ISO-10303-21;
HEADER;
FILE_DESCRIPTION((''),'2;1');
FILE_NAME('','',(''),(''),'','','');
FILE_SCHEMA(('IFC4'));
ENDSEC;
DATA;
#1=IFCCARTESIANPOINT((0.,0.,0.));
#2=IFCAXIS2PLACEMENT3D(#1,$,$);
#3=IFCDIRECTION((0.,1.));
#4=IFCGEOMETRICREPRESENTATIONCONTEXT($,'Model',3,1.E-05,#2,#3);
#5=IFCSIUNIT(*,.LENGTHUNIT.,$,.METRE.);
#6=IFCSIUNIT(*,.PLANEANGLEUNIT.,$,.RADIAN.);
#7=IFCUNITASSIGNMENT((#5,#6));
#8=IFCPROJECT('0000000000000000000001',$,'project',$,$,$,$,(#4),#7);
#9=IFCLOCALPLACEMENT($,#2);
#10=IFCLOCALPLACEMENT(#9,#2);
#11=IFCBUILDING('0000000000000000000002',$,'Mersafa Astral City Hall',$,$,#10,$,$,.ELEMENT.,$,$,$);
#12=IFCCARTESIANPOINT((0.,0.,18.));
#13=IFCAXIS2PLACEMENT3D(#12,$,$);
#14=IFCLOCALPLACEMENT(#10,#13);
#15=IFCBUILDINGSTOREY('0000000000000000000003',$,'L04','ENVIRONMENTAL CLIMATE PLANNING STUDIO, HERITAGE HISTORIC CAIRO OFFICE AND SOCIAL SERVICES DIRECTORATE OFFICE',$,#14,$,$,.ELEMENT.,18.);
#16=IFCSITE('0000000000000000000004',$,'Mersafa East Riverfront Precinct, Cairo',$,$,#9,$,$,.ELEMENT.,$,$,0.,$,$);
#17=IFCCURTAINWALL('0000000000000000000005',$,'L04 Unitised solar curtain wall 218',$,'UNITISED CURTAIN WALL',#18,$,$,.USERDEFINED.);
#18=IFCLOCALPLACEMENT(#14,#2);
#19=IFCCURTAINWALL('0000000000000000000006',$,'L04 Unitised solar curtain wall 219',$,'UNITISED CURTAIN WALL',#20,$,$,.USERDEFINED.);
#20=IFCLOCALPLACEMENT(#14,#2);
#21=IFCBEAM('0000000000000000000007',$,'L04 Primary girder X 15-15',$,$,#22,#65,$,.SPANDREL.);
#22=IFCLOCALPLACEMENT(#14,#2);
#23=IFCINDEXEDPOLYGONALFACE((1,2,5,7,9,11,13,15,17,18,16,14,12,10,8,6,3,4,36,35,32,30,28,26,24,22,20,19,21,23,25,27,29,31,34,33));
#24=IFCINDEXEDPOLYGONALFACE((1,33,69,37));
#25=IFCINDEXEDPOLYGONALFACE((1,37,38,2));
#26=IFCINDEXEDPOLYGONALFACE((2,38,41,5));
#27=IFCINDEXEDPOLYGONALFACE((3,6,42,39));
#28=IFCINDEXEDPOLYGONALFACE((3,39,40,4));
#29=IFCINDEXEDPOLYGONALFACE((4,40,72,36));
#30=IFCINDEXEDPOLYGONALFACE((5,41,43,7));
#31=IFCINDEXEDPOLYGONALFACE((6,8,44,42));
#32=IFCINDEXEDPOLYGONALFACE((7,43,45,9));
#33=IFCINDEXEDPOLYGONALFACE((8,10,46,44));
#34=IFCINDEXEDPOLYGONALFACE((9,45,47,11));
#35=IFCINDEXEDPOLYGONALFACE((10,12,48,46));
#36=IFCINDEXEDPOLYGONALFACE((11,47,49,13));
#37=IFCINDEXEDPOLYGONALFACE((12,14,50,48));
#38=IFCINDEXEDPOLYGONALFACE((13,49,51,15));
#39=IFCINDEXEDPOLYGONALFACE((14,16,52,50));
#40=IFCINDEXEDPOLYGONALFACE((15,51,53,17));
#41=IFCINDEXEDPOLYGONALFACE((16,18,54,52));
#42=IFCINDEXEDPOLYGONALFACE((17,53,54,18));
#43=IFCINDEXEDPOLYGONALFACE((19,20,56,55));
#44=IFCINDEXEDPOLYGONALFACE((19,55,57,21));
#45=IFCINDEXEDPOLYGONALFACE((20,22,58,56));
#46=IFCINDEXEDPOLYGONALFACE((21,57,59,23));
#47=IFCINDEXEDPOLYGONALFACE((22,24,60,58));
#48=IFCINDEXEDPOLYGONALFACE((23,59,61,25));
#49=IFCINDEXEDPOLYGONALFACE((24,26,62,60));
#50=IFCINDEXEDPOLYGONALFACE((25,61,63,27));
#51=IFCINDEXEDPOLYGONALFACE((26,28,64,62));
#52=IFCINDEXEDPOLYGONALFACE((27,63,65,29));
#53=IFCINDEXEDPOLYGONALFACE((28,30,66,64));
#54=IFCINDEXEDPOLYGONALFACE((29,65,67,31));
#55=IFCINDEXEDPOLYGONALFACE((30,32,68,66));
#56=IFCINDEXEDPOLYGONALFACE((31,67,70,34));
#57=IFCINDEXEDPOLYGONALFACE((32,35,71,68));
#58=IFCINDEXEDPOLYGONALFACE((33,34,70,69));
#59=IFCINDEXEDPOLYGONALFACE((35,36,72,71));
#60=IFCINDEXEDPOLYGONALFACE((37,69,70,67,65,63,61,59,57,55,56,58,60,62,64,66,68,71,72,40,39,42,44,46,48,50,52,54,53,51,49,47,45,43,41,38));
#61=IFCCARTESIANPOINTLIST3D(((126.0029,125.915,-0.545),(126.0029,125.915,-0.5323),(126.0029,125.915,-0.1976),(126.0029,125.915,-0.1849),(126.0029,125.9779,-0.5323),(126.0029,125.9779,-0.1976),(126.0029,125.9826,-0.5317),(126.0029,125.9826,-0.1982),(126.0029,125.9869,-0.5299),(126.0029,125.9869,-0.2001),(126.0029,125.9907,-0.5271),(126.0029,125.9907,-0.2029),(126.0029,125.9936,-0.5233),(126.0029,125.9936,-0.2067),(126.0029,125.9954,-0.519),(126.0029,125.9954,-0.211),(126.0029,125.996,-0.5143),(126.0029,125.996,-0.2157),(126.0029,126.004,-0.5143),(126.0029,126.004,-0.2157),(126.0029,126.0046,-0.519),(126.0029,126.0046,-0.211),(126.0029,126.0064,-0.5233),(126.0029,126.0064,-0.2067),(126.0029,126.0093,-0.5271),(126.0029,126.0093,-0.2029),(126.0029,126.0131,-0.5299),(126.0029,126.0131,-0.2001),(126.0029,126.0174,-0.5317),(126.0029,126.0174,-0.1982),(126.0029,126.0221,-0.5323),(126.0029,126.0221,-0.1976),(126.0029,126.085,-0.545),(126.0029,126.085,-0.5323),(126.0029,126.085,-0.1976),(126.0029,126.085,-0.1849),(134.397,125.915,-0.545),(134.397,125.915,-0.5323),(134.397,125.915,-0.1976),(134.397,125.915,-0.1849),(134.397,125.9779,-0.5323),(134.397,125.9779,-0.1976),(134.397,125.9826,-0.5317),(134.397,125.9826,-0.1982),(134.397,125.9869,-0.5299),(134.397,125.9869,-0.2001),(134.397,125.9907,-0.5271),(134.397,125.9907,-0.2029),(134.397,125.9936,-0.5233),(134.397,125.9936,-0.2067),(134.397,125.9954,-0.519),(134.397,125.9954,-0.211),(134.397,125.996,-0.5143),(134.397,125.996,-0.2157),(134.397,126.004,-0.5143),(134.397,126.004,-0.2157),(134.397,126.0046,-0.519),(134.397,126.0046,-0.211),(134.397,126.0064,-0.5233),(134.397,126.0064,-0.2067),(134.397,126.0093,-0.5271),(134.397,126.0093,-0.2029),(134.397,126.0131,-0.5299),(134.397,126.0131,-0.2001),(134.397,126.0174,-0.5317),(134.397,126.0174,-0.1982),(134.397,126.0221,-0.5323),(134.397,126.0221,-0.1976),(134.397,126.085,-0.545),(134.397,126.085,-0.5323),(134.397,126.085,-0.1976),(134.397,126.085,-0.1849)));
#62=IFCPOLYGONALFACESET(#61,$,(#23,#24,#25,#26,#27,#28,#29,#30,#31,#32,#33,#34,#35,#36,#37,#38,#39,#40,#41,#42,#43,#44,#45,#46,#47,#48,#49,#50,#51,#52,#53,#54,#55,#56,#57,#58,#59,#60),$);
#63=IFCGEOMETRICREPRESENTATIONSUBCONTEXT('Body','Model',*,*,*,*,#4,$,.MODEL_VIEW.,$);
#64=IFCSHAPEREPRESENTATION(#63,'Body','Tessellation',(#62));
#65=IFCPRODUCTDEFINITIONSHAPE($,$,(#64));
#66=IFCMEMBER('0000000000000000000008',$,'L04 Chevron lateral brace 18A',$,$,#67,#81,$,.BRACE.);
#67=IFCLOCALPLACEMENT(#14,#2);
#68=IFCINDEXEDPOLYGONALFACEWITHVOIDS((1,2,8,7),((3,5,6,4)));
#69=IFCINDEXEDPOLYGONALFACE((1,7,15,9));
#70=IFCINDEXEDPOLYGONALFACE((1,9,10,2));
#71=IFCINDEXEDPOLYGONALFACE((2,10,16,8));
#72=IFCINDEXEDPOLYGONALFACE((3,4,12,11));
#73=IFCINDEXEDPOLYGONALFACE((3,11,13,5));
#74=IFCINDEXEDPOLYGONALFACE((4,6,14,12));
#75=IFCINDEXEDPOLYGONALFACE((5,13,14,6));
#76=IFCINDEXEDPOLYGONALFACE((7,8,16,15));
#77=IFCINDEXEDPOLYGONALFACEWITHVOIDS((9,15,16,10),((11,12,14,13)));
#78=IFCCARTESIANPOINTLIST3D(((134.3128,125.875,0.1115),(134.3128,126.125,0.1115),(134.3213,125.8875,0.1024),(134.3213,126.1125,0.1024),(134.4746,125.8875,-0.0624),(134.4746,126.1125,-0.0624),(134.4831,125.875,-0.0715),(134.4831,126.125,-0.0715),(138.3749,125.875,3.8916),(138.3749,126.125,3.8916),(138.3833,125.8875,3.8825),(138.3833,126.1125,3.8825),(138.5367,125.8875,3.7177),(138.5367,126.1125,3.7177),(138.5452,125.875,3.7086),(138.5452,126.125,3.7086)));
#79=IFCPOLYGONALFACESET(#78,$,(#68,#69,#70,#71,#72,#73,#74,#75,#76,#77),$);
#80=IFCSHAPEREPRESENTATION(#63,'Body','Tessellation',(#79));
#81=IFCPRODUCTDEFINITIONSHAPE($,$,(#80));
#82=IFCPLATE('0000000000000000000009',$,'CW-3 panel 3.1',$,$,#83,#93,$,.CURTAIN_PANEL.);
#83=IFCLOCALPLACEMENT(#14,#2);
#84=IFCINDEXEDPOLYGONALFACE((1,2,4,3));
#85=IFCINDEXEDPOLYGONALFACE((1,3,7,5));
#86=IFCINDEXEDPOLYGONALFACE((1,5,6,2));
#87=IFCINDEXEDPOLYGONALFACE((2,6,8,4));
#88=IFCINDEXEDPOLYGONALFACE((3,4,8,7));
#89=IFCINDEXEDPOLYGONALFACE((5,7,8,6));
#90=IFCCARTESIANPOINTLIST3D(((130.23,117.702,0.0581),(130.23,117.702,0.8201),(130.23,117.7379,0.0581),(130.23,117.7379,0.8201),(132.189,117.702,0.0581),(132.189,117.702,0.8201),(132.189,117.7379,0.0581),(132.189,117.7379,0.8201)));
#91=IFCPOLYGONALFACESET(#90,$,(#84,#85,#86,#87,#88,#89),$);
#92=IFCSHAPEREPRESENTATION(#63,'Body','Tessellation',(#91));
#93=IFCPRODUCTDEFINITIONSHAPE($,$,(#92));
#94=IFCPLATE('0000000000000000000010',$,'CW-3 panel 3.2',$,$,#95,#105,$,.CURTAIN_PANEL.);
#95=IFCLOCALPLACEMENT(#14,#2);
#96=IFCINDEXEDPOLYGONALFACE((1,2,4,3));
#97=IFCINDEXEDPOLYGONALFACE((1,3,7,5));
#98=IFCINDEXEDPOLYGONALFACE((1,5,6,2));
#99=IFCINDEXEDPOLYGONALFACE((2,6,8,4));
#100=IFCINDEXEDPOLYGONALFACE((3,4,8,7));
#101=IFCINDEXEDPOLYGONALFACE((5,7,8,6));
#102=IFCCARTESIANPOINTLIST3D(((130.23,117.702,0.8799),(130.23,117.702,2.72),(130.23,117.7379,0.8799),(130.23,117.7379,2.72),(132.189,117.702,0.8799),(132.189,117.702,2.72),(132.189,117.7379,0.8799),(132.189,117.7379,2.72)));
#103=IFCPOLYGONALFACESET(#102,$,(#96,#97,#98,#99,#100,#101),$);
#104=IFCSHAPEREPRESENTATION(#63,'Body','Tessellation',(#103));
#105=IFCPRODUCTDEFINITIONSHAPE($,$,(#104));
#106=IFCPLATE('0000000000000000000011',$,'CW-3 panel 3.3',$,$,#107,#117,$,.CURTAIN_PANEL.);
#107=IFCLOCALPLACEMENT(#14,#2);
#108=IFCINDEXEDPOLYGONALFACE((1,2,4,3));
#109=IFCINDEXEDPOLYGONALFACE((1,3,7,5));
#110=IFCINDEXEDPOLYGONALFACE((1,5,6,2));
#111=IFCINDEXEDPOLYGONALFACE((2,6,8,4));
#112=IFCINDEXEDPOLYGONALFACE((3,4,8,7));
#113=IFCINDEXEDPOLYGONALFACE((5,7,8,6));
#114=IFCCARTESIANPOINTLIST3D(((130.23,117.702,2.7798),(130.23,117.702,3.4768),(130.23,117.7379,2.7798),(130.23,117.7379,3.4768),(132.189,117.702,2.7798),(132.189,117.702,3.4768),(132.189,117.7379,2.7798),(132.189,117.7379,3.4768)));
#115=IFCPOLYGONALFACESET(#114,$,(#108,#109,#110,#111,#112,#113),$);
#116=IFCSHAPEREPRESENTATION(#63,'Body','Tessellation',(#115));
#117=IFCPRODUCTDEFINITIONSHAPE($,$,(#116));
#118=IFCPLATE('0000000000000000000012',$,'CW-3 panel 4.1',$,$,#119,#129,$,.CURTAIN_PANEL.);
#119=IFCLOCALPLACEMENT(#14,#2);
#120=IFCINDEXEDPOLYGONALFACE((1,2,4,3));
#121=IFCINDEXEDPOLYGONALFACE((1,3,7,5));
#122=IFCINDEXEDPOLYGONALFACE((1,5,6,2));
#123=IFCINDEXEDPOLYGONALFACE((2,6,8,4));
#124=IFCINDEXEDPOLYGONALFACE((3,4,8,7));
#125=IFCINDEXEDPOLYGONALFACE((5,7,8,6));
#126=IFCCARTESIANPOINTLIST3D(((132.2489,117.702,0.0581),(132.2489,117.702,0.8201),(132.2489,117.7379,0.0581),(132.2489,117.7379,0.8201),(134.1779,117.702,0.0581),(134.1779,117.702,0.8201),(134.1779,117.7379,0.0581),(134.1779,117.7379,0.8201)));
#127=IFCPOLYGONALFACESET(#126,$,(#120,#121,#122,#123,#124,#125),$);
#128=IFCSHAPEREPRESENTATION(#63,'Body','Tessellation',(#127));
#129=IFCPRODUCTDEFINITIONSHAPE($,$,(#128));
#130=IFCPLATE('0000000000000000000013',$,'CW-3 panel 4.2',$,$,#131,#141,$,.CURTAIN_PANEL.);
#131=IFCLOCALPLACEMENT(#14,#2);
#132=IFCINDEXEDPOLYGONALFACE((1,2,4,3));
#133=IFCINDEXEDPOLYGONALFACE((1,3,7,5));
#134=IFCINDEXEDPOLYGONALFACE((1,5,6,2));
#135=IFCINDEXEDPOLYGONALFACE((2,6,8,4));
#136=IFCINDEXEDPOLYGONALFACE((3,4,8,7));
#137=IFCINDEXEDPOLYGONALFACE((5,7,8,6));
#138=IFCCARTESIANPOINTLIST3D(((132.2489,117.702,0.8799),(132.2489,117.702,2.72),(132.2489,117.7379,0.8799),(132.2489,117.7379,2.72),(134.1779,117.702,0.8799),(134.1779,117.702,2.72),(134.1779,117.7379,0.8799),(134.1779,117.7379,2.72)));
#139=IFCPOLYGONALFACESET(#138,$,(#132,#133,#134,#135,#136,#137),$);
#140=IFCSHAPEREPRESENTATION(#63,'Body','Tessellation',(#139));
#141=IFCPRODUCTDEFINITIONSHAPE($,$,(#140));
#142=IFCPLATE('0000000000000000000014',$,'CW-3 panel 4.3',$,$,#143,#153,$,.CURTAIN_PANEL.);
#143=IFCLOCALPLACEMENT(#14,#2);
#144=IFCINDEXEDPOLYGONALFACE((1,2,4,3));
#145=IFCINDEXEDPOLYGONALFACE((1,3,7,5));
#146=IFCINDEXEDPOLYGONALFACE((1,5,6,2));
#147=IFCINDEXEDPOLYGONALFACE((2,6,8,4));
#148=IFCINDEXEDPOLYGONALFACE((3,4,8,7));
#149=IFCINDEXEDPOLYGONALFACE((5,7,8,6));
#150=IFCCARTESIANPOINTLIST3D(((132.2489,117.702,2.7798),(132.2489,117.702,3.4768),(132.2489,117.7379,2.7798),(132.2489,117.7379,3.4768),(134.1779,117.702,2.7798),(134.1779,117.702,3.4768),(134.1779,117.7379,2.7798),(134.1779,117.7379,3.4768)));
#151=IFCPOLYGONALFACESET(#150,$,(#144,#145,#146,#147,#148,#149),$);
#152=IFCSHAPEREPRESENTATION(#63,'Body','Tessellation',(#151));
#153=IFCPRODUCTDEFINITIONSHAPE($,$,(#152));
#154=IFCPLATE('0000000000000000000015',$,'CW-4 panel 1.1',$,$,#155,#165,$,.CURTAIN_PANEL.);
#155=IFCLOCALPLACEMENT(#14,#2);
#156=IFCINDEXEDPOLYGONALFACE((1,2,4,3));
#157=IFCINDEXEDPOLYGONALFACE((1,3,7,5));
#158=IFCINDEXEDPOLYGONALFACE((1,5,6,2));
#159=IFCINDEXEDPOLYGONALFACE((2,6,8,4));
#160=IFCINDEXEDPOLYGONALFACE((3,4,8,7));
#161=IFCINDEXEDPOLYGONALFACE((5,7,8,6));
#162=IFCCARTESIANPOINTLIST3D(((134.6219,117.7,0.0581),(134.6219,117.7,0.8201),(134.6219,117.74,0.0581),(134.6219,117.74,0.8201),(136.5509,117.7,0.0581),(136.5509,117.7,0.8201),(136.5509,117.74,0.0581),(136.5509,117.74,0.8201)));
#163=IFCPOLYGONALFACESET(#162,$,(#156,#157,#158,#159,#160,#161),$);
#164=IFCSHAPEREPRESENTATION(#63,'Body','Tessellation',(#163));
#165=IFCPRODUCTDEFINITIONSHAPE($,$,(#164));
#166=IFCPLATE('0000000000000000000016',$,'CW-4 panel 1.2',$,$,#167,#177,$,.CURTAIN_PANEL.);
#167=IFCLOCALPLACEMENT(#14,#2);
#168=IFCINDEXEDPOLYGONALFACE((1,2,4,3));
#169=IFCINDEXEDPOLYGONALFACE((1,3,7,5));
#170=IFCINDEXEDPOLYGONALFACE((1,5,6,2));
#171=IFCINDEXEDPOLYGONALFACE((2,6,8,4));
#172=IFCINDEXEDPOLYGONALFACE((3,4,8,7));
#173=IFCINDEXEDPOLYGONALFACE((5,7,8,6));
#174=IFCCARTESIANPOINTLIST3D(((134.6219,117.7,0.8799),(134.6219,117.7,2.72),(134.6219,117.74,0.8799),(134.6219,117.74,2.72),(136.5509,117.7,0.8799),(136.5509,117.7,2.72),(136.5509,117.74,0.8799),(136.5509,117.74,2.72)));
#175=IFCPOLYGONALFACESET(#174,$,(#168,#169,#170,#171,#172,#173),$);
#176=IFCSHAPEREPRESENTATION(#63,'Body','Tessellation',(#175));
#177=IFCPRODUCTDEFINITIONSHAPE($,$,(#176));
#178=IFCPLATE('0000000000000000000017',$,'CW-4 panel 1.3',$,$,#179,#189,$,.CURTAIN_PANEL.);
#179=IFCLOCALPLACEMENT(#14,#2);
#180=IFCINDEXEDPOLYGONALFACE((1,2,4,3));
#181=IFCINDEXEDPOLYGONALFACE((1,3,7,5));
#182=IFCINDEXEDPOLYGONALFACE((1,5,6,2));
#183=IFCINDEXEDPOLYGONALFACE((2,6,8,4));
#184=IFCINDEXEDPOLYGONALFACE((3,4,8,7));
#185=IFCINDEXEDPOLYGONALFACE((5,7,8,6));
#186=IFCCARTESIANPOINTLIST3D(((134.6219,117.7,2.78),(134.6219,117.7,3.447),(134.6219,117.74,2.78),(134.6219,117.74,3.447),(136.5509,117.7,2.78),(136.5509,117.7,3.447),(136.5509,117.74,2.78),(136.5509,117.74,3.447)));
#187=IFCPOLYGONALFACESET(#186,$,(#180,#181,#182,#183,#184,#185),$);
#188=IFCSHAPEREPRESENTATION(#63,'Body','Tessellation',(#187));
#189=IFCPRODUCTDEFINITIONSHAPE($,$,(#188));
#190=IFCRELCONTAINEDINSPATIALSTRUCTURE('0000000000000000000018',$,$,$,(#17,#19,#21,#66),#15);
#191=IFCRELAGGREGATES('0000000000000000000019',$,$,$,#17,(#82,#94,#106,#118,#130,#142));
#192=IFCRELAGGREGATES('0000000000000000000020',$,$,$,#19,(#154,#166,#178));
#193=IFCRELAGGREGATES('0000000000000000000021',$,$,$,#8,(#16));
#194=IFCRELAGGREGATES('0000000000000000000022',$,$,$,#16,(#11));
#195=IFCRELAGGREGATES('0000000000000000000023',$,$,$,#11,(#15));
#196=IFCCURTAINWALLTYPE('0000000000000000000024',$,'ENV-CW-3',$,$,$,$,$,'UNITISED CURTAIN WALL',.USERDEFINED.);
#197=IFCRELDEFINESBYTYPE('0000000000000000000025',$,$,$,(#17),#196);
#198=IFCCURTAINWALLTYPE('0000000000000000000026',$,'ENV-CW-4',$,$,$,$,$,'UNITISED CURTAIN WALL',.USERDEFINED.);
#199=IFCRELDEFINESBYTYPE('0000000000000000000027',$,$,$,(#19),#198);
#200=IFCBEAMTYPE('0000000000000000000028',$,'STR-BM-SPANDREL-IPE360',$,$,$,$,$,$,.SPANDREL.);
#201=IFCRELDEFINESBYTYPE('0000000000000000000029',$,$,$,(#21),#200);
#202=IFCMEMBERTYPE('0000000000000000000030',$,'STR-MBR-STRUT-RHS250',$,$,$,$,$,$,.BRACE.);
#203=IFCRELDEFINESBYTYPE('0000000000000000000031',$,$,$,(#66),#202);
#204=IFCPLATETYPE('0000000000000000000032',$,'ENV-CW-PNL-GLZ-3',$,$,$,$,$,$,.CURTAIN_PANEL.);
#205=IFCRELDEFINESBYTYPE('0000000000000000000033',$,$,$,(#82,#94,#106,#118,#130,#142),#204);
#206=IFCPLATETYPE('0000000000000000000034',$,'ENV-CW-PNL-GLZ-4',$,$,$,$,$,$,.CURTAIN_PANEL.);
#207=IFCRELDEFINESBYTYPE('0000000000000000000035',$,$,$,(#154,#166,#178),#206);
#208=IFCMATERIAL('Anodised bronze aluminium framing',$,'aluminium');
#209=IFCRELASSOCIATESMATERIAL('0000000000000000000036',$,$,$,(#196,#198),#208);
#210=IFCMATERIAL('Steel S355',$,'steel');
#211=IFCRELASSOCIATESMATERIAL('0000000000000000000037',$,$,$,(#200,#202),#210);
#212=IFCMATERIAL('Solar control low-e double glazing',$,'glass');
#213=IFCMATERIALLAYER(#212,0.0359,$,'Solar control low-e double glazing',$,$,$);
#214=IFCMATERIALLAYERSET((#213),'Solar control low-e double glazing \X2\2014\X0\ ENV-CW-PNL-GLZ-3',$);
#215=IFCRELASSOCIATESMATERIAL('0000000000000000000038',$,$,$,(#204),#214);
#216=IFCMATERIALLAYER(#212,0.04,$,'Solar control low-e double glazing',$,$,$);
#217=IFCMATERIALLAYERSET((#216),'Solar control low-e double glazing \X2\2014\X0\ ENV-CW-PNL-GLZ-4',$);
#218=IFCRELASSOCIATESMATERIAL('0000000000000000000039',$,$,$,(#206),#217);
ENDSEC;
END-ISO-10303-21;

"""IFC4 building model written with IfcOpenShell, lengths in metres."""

from ifc_helpers import new_model, si_unit, direction, frame, origin, origin_2d, place, context, subcontext, project, spatial, rectangle, hollow_rectangle, i_section, extrude, material, layer, layer_set, material_profile, profile_set, type_object, element, aggregate, save


model = new_model("IFC4")

# Units and contexts
model_context = context("Model", 3, precision=1e-05, world=origin(), true_north=direction((0.0, 1.0)))
body_context = subcontext(model_context, "Body", "Model", "MODEL_VIEW")
ifc_project = project(units=[si_unit("LENGTHUNIT", "METRE"), si_unit("PLANEANGLEUNIT", "RADIAN")], contexts=[model_context])

# Site, building, storey
site_placement = place(None, origin())
site = spatial("IfcSite", under=ifc_project, at=site_placement, Name="Mersafa East Riverfront Precinct, Cairo", CompositionType="ELEMENT", RefElevation=0.0)
building_placement = place(site_placement, origin())
building = spatial("IfcBuilding", under=site, at=building_placement, Name="Mersafa Astral City Hall", CompositionType="ELEMENT")
storey_placement = place(building_placement, frame((0.0, 0.0, 18.0)))
storey = spatial("IfcBuildingStorey", under=building, at=storey_placement, Name="L04", Description="ENVIRONMENTAL CLIMATE PLANNING STUDIO, HERITAGE HISTORIC CAIRO OFFICE AND SOCIAL SERVICES DIRECTORATE OFFICE", CompositionType="ELEMENT", Elevation=18.0)

# Shared definitions
ifc_material_1 = material(Name="Steel S355", Category="steel")

# Curtain walls
ifc_material_2 = material(Name="Anodised bronze aluminium framing", Category="aluminium")
curtain_wall_type_1 = type_object("IfcCurtainWallType", Name="ENV-CW-3", ElementType="UNITISED CURTAIN WALL", PredefinedType="USERDEFINED", material=ifc_material_2)
curtain_wall_1_placement = place(storey_placement, origin())
curtain_wall_1 = element("IfcCurtainWall", 1, at=curtain_wall_1_placement, inside=storey, type_object=curtain_wall_type_1, Name="L04 Unitised solar curtain wall 218", ObjectType="UNITISED CURTAIN WALL", PredefinedType="USERDEFINED")
curtain_wall_type_2 = type_object("IfcCurtainWallType", Name="ENV-CW-4", ElementType="UNITISED CURTAIN WALL", PredefinedType="USERDEFINED", material=ifc_material_2)
curtain_wall_2_placement = place(storey_placement, origin())
curtain_wall_2 = element("IfcCurtainWall", 2, at=curtain_wall_2_placement, inside=storey, type_object=curtain_wall_type_2, Name="L04 Unitised solar curtain wall 219", ObjectType="UNITISED CURTAIN WALL", PredefinedType="USERDEFINED")

# Beam
ifc_material_profile_1 = material_profile(ifc_material_1, i_section(OverallWidth=0.1699, OverallDepth=0.3601, WebThickness=0.0081, FlangeThickness=0.0127, FilletRadius=0.0181, at=origin_2d()), Name="IPE 360")
ifc_profile_set_1 = profile_set([ifc_material_profile_1], Name="Steel S355")
beam_type_1 = type_object("IfcBeamType", Name="STR-BM-SPANDREL-IPE360", PredefinedType="SPANDREL", material=ifc_profile_set_1)
beam_1_placement = place(storey_placement, frame((126.0029, 126.0, -0.365), z_axis=(1.0, 0.0, 0.0), x_axis=(0.0, 1.0, 0.0)))
element("IfcBeam", 3, at=beam_1_placement, inside=storey, type_object=beam_type_1, Name="L04 Primary girder X 15-15", PredefinedType="SPANDREL", context=body_context, shape_type="SweptSolid", body=[
    extrude(i_section(OverallWidth=0.1699, OverallDepth=0.3601, WebThickness=0.0081, FlangeThickness=0.0127, FilletRadius=0.0181, at=origin_2d()), origin(), (0.0, 0.0, 1.0), 8.394),
])

# Member
ifc_material_profile_2 = material_profile(ifc_material_1, hollow_rectangle(XDim=0.25, YDim=0.25, WallThickness=0.0125, at=origin_2d()), Name="RHS 250x250x12.5")
ifc_profile_set_2 = profile_set([ifc_material_profile_2], Name="Steel S355")
member_type_1 = type_object("IfcMemberType", Name="STR-MBR-STRUT-RHS250", PredefinedType="BRACE", material=ifc_profile_set_2)
member_1_placement = place(storey_placement, frame((134.3979, 126.0, 0.02), z_axis=(0.73206, 0.0, 0.681241), x_axis=(0.0, 1.0, 0.0)))
element("IfcMember", 4, at=member_1_placement, inside=storey, type_object=member_type_1, Name="L04 Chevron lateral brace 18A", PredefinedType="BRACE", context=body_context, shape_type="SweptSolid", body=[
    extrude(hollow_rectangle(XDim=0.25, YDim=0.25, WallThickness=0.0125, at=origin_2d()), origin(), (0.0, 0.0, 1.0), 5.5488),
])

# Plates
ifc_material_3 = material(Name="Solar control low-e double glazing", Category="glass")
ifc_layer_1 = layer(ifc_material_3, 0.0359, Name="Solar control low-e double glazing")
ifc_layer_set_1 = layer_set([ifc_layer_1], Name="Solar control low-e double glazing — ENV-CW-PNL-GLZ-3")
plate_type_1 = type_object("IfcPlateType", Name="ENV-CW-PNL-GLZ-3", PredefinedType="CURTAIN_PANEL", material=ifc_layer_set_1)
plate_1_placement = place(storey_placement, frame((131.2095, 117.72, 0.0581), z_axis=(0.0, 0.0, 1.0), x_axis=(1.0, 0.0, 0.0)))
plate_1 = element("IfcPlate", 5, at=plate_1_placement, type_object=plate_type_1, Name="CW-3 panel 3.1", PredefinedType="CURTAIN_PANEL", context=body_context, shape_type="SweptSolid", body=[
    extrude(rectangle(XDim=1.959, YDim=0.0359, at=origin_2d()), origin(), (0.0, 0.0, 1.0), 0.762),
])
plate_2_placement = place(storey_placement, frame((131.2095, 117.72, 0.8799), z_axis=(0.0, 0.0, 1.0), x_axis=(1.0, 0.0, 0.0)))
plate_2 = element("IfcPlate", 6, at=plate_2_placement, type_object=plate_type_1, Name="CW-3 panel 3.2", PredefinedType="CURTAIN_PANEL", context=body_context, shape_type="SweptSolid", body=[
    extrude(rectangle(XDim=1.959, YDim=0.0359, at=origin_2d()), origin(), (0.0, 0.0, 1.0), 1.8401),
])
plate_3_placement = place(storey_placement, frame((131.2095, 117.72, 2.7798), z_axis=(0.0, 0.0, 1.0), x_axis=(1.0, 0.0, 0.0)))
plate_3 = element("IfcPlate", 7, at=plate_3_placement, type_object=plate_type_1, Name="CW-3 panel 3.3", PredefinedType="CURTAIN_PANEL", context=body_context, shape_type="SweptSolid", body=[
    extrude(rectangle(XDim=1.959, YDim=0.0359, at=origin_2d()), origin(), (0.0, 0.0, 1.0), 0.697),
])
plate_4_placement = place(storey_placement, frame((133.2134, 117.72, 0.0581), z_axis=(0.0, 0.0, 1.0), x_axis=(1.0, 0.0, 0.0)))
plate_4 = element("IfcPlate", 8, at=plate_4_placement, type_object=plate_type_1, Name="CW-3 panel 4.1", PredefinedType="CURTAIN_PANEL", context=body_context, shape_type="SweptSolid", body=[
    extrude(rectangle(XDim=1.929, YDim=0.0359, at=origin_2d()), origin(), (0.0, 0.0, 1.0), 0.762),
])
plate_5_placement = place(storey_placement, frame((133.2134, 117.72, 0.8799), z_axis=(0.0, 0.0, 1.0), x_axis=(1.0, 0.0, 0.0)))
plate_5 = element("IfcPlate", 9, at=plate_5_placement, type_object=plate_type_1, Name="CW-3 panel 4.2", PredefinedType="CURTAIN_PANEL", context=body_context, shape_type="SweptSolid", body=[
    extrude(rectangle(XDim=1.929, YDim=0.0359, at=origin_2d()), origin(), (0.0, 0.0, 1.0), 1.8401),
])
plate_6_placement = place(storey_placement, frame((133.2134, 117.72, 2.7798), z_axis=(0.0, 0.0, 1.0), x_axis=(1.0, 0.0, 0.0)))
plate_6 = element("IfcPlate", 10, at=plate_6_placement, type_object=plate_type_1, Name="CW-3 panel 4.3", PredefinedType="CURTAIN_PANEL", context=body_context, shape_type="SweptSolid", body=[
    extrude(rectangle(XDim=1.929, YDim=0.0359, at=origin_2d()), origin(), (0.0, 0.0, 1.0), 0.697),
])
aggregate(curtain_wall_1, [plate_1, plate_2, plate_3, plate_4, plate_5, plate_6])
ifc_layer_2 = layer(ifc_material_3, 0.04, Name="Solar control low-e double glazing")
ifc_layer_set_2 = layer_set([ifc_layer_2], Name="Solar control low-e double glazing — ENV-CW-PNL-GLZ-4")
plate_type_2 = type_object("IfcPlateType", Name="ENV-CW-PNL-GLZ-4", PredefinedType="CURTAIN_PANEL", material=ifc_layer_set_2)
plate_7_placement = place(storey_placement, frame((135.5864, 117.72, 0.0581), z_axis=(0.0, 0.0, 1.0), x_axis=(1.0, 0.0, 0.0)))
plate_7 = element("IfcPlate", 11, at=plate_7_placement, type_object=plate_type_2, Name="CW-4 panel 1.1", PredefinedType="CURTAIN_PANEL", context=body_context, shape_type="SweptSolid", body=[
    extrude(rectangle(XDim=1.929, YDim=0.04, at=origin_2d()), origin(), (0.0, 0.0, 1.0), 0.762),
])
plate_8_placement = place(storey_placement, frame((135.5864, 117.72, 0.8799), z_axis=(0.0, 0.0, 1.0), x_axis=(1.0, 0.0, 0.0)))
plate_8 = element("IfcPlate", 12, at=plate_8_placement, type_object=plate_type_2, Name="CW-4 panel 1.2", PredefinedType="CURTAIN_PANEL", context=body_context, shape_type="SweptSolid", body=[
    extrude(rectangle(XDim=1.929, YDim=0.04, at=origin_2d()), origin(), (0.0, 0.0, 1.0), 1.8401),
])
plate_9_placement = place(storey_placement, frame((135.5864, 117.72, 2.78), z_axis=(0.0, 0.0, 1.0), x_axis=(1.0, 0.0, 0.0)))
plate_9 = element("IfcPlate", 13, at=plate_9_placement, type_object=plate_type_2, Name="CW-4 panel 1.3", PredefinedType="CURTAIN_PANEL", context=body_context, shape_type="SweptSolid", body=[
    extrude(rectangle(XDim=1.929, YDim=0.04, at=origin_2d()), origin(), (0.0, 0.0, 1.0), 0.667),
])
aggregate(curtain_wall_2, [plate_7, plate_8, plate_9])

save(model, "model.ifc")
